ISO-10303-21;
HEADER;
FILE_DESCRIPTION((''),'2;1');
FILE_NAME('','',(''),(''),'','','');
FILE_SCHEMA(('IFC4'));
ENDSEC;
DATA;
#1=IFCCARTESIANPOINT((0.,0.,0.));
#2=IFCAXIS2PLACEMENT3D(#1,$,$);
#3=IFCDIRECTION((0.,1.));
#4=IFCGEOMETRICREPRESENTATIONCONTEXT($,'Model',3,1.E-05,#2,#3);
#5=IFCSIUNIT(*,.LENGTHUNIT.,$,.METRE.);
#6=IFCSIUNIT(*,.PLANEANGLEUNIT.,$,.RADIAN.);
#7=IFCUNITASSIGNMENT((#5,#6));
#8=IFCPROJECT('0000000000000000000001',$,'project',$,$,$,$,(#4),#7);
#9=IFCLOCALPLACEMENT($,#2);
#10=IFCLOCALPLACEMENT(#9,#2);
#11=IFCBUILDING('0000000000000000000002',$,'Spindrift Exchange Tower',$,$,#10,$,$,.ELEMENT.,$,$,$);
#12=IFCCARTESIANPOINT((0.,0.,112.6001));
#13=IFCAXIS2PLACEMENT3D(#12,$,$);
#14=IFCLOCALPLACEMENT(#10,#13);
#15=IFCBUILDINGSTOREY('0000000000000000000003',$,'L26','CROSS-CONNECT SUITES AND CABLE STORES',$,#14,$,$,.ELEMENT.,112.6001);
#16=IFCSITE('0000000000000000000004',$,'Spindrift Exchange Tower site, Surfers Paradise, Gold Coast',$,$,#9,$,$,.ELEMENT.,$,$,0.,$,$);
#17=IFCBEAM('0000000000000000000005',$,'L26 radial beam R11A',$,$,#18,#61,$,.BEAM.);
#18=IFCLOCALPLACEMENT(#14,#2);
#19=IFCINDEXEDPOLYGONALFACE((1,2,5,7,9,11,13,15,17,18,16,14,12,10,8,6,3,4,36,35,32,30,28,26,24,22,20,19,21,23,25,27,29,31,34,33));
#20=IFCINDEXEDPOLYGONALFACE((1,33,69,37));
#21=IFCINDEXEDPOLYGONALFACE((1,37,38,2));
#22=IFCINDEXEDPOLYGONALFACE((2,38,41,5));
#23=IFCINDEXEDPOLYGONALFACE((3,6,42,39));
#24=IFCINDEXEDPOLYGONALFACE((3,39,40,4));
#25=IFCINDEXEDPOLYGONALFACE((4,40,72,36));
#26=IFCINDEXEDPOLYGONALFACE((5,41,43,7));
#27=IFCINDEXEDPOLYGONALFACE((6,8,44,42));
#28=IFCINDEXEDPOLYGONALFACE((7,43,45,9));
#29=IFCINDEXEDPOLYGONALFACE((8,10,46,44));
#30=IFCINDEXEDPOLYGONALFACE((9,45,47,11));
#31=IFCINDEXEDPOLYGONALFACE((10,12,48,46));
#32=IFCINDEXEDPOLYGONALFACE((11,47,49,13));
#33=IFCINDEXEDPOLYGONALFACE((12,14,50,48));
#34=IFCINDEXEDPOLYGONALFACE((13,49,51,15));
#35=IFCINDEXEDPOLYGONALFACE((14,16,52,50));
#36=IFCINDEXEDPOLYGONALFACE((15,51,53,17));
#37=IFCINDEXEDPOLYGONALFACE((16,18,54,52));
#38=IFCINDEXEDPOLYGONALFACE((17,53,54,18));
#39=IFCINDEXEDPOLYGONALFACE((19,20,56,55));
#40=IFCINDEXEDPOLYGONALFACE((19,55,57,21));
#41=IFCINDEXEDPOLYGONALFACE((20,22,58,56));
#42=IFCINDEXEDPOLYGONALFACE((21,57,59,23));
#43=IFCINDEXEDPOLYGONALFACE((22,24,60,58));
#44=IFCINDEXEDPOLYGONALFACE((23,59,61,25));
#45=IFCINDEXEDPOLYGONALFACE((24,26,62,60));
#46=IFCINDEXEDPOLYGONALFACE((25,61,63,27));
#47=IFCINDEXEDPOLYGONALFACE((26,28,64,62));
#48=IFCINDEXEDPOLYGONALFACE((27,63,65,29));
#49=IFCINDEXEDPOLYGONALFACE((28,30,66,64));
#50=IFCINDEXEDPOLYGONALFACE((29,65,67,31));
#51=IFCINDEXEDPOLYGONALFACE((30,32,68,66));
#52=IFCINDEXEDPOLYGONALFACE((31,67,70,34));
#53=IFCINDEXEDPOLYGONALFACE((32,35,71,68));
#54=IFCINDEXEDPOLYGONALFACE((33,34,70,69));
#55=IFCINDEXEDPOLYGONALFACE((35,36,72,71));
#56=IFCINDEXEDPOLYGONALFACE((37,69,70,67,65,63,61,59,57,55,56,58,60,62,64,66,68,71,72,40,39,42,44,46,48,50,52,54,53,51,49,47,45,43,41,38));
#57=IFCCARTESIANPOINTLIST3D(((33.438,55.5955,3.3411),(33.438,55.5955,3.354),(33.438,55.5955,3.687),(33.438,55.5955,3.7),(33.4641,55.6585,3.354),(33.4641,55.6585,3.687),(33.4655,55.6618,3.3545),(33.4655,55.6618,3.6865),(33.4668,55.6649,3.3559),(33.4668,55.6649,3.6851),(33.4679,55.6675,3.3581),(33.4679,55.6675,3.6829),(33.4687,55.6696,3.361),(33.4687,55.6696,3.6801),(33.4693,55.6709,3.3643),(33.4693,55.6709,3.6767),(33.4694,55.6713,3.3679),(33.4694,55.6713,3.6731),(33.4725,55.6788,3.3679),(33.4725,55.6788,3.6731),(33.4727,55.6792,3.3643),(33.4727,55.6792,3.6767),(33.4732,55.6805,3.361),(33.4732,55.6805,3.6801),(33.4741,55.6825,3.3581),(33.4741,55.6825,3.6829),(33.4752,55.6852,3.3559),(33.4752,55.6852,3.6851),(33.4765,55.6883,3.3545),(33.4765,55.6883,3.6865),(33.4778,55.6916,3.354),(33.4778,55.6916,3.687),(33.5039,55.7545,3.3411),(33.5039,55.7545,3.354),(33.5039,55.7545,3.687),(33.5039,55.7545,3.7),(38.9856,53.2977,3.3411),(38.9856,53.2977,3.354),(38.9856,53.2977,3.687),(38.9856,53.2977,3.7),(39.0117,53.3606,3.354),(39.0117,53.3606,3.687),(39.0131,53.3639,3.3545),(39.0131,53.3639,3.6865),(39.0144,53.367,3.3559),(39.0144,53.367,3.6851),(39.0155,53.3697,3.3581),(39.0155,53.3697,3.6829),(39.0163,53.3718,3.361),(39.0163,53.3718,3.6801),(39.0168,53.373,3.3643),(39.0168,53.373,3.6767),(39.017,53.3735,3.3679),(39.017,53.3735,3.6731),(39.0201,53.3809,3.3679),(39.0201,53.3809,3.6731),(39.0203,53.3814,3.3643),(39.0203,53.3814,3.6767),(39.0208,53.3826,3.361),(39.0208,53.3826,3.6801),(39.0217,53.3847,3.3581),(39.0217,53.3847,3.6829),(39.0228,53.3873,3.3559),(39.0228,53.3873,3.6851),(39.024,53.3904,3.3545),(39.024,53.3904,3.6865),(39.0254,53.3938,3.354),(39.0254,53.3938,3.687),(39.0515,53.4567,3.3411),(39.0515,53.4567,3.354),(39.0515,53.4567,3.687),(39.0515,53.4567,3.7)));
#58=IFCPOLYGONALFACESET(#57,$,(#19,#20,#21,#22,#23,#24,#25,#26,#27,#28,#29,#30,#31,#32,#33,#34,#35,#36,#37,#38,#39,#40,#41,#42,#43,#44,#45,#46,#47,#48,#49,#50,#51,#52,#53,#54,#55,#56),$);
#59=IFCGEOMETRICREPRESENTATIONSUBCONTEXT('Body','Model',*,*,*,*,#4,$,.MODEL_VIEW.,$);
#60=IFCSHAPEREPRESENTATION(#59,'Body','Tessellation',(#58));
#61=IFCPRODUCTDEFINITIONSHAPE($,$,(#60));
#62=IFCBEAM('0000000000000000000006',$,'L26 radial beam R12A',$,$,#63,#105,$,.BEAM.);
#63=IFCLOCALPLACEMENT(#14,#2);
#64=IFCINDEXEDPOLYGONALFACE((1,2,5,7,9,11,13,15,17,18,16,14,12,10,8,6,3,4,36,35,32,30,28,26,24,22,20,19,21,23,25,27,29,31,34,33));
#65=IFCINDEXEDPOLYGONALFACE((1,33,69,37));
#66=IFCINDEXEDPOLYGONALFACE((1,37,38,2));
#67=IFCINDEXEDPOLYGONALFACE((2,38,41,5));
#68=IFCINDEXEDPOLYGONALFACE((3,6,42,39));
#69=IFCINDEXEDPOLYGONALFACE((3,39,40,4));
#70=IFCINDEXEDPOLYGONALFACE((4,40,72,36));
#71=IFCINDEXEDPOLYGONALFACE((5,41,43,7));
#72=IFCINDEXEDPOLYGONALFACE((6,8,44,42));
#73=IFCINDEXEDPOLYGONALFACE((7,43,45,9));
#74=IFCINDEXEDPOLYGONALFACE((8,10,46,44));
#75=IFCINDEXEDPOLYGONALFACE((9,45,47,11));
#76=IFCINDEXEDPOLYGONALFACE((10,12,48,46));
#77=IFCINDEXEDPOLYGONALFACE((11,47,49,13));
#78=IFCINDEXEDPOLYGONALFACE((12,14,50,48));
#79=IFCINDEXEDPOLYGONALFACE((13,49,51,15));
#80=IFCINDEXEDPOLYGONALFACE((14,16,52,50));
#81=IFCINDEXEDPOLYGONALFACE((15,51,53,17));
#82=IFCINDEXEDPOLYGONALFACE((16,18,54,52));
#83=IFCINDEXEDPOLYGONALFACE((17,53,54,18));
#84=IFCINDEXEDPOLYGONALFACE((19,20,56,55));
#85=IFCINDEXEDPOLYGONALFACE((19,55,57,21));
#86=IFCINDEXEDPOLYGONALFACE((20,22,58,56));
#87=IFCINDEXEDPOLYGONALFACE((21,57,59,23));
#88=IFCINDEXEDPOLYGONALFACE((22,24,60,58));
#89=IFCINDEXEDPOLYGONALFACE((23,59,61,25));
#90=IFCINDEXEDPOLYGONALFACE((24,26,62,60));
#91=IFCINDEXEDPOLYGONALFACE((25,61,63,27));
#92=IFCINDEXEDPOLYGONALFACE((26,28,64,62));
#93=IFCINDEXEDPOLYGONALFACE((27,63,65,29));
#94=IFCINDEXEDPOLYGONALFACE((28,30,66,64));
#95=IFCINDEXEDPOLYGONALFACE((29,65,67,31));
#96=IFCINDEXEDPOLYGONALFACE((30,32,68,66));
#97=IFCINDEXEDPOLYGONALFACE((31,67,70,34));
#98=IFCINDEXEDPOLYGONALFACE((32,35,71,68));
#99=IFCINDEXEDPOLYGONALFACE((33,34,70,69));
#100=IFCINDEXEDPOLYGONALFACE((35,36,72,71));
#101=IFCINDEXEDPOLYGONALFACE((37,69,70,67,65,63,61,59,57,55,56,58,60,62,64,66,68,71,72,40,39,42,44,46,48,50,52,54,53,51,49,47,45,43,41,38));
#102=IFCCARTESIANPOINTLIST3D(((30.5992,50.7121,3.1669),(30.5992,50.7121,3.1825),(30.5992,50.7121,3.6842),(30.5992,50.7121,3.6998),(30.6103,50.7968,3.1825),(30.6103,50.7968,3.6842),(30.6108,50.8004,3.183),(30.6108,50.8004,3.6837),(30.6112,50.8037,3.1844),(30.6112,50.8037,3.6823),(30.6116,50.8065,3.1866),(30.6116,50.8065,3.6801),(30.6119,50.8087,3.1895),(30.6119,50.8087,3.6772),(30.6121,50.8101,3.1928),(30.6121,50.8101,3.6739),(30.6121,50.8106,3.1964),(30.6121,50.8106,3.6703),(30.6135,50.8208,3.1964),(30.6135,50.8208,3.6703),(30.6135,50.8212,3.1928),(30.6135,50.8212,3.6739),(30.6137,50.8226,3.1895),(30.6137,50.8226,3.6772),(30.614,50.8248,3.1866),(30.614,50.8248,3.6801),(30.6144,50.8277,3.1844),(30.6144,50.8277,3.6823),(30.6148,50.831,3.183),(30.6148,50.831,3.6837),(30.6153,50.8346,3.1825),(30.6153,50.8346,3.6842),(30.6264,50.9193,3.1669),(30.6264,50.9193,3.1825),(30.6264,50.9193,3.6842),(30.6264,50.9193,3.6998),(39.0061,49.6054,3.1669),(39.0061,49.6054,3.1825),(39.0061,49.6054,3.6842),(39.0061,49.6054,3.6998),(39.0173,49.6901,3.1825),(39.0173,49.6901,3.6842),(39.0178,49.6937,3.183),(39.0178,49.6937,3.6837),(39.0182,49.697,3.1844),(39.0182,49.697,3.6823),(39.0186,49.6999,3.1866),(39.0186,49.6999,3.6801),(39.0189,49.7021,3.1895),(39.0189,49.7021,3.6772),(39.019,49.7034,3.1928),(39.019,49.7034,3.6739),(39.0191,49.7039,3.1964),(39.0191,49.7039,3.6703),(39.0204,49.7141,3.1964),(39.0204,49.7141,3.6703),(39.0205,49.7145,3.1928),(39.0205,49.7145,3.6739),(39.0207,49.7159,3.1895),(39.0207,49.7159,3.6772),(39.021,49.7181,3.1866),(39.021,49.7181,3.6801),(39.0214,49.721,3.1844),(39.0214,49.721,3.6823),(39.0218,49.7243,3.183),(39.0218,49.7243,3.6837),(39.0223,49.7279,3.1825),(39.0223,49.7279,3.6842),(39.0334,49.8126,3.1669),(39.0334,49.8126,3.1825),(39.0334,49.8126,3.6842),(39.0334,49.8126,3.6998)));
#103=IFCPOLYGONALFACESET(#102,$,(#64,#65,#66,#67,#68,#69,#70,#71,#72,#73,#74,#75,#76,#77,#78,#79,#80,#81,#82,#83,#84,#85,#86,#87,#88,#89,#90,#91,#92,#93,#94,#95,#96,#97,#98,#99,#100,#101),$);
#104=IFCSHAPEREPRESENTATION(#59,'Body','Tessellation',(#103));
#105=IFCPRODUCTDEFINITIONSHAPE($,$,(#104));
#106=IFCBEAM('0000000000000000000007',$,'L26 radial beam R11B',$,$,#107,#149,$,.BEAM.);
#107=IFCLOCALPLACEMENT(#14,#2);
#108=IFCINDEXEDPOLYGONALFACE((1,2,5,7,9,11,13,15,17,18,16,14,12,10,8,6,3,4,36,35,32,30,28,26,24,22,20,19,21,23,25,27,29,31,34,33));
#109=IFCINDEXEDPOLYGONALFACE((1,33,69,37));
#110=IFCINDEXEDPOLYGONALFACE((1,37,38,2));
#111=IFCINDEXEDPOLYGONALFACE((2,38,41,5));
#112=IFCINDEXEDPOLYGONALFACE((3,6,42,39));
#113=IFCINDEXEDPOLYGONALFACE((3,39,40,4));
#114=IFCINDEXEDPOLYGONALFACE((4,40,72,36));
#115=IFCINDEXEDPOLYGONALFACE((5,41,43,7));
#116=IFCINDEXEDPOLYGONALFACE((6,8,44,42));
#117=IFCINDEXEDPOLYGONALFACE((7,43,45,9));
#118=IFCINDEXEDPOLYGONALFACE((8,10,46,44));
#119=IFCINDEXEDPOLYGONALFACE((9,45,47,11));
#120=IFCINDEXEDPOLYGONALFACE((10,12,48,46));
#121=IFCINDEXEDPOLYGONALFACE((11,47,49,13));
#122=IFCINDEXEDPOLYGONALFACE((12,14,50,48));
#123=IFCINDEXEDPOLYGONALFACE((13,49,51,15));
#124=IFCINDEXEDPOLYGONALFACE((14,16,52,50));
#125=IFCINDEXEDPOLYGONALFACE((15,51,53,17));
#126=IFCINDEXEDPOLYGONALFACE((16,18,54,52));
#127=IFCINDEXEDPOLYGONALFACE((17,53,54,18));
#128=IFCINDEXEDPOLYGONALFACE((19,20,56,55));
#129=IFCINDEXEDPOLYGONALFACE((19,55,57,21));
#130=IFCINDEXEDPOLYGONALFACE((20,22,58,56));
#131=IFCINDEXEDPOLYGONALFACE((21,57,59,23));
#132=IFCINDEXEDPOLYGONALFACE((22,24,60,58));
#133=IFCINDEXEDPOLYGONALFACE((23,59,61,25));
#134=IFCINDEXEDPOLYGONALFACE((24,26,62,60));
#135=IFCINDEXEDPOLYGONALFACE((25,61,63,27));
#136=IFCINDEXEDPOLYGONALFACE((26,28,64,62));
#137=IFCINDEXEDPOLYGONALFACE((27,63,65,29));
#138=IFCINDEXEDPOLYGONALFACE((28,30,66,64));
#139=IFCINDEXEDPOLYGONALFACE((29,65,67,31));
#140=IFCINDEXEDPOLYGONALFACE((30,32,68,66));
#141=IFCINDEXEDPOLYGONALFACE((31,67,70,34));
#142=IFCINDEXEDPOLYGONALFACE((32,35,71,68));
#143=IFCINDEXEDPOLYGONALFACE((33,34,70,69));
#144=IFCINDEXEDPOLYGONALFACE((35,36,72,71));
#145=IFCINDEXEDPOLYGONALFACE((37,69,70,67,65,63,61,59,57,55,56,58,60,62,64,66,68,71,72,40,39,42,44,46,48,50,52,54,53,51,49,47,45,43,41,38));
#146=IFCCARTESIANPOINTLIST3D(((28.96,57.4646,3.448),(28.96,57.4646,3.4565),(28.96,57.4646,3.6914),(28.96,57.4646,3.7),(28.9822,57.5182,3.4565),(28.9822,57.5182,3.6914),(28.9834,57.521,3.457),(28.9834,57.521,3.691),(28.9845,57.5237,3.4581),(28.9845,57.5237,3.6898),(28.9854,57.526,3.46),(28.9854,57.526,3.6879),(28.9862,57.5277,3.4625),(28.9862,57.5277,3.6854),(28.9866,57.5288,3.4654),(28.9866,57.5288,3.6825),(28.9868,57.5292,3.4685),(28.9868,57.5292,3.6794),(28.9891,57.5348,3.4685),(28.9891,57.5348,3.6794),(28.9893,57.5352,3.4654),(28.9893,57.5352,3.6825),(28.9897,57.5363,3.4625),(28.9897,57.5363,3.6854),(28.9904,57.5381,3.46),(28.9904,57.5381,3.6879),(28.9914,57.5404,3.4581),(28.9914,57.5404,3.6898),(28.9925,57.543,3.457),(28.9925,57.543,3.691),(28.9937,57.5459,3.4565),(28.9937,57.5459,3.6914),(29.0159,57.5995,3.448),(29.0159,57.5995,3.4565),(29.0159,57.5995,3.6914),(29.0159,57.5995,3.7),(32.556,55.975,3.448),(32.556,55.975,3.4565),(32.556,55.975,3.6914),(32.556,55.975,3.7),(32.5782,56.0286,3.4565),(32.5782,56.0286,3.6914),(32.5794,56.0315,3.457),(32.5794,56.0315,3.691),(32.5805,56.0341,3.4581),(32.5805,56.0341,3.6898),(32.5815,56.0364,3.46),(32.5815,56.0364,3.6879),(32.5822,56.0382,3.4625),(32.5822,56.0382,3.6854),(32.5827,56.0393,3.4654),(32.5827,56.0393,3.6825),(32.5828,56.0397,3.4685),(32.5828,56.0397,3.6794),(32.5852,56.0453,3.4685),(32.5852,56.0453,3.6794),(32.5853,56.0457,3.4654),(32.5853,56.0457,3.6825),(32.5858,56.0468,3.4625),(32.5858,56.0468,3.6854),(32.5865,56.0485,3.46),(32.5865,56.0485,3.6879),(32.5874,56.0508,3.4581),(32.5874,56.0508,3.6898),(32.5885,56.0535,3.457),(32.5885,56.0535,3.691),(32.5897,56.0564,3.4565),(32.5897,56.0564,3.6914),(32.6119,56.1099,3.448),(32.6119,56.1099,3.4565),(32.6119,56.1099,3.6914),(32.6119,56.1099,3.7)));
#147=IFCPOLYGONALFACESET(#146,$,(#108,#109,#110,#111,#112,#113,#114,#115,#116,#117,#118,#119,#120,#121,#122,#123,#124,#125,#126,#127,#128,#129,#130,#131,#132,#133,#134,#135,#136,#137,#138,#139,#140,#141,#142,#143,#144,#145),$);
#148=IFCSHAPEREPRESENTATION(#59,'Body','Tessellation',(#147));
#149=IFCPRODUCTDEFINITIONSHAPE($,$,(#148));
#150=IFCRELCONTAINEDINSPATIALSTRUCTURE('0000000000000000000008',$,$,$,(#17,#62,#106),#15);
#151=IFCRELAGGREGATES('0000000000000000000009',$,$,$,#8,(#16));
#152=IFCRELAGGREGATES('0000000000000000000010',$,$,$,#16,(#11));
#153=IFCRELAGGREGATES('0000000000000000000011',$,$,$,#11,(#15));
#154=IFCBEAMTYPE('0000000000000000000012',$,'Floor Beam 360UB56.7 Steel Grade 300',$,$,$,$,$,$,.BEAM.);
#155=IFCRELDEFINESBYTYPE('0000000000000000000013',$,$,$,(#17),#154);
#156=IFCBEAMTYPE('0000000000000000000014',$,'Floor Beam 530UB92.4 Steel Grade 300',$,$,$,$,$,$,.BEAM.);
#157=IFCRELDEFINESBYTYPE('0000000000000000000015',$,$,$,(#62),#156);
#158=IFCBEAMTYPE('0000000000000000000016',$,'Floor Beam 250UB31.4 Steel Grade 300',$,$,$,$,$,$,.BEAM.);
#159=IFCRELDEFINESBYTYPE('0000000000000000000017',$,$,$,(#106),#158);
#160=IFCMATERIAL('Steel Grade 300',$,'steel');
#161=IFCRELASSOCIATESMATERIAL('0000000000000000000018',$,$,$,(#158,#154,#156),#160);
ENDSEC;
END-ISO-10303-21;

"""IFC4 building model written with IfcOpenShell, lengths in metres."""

from ifc_helpers import new_model, si_unit, direction, frame, origin, origin_2d, place, context, subcontext, project, spatial, i_section, extrude, source, transform, mapped, material, material_profile, profile_set, type_object, element, save


model = new_model("IFC4")

# Units and contexts
model_context = context("Model", 3, precision=1e-05, world=origin(), true_north=direction((0.0, 1.0)))
body_context = subcontext(model_context, "Body", "Model", "MODEL_VIEW")
ifc_project = project(units=[si_unit("LENGTHUNIT", "METRE"), si_unit("PLANEANGLEUNIT", "RADIAN")], contexts=[model_context])

# Site, building, storey
site_placement = place(None, origin())
site = spatial("IfcSite", under=ifc_project, at=site_placement, Name="Spindrift Exchange Tower site, Surfers Paradise, Gold Coast", CompositionType="ELEMENT", RefElevation=0.0)
building_placement = place(site_placement, origin())
building = spatial("IfcBuilding", under=site, at=building_placement, Name="Spindrift Exchange Tower", CompositionType="ELEMENT")
storey_placement = place(building_placement, frame((0.0, 0.0, 112.6001)))
storey = spatial("IfcBuildingStorey", under=building, at=storey_placement, Name="L26", Description="CROSS-CONNECT SUITES AND CABLE STORES", CompositionType="ELEMENT", Elevation=112.6001)

# Beams
ifc_material_1 = material(Name="Steel Grade 300", Category="steel")
ifc_material_profile_1 = material_profile(ifc_material_1, i_section(OverallWidth=0.146, OverallDepth=0.252, WebThickness=0.0061, FlangeThickness=0.0085, FilletRadius=0.012, at=origin_2d()), Name="250UB31.4")
ifc_profile_set_1 = profile_set([ifc_material_profile_1], Name="Steel Grade 300")
beam_type_1 = type_object("IfcBeamType", Name="Floor Beam 250UB31.4 Steel Grade 300", PredefinedType="BEAM", material=ifc_profile_set_1)
ifc_material_profile_2 = material_profile(ifc_material_1, i_section(OverallWidth=0.1721, OverallDepth=0.3589, WebThickness=0.0081, FlangeThickness=0.0129, FilletRadius=0.0139, at=origin_2d()), Name="360UB56.7")
ifc_profile_set_2 = profile_set([ifc_material_profile_2], Name="Steel Grade 300")
beam_type_2 = type_object("IfcBeamType", Name="Floor Beam 360UB56.7 Steel Grade 300", PredefinedType="BEAM", material=ifc_profile_set_2)
shared_shape_1 = source(origin(), body_context, "Body", "SweptSolid", [
    extrude(i_section(OverallWidth=0.1721, OverallDepth=0.3589, WebThickness=0.0081, FlangeThickness=0.0129, FilletRadius=0.0139, at=origin_2d()), origin(), (0.0, 0.0, 1.0), 6.0046),
])
beam_1_placement = place(storey_placement, frame((39.0186, 53.3772, 3.5205), z_axis=(-0.923882, 0.382677, 0.0), x_axis=(-0.382677, -0.923882, 0.0)))
element("IfcBeam", 1, at=beam_1_placement, inside=storey, type_object=beam_type_2, Name="L26 radial beam R11A", PredefinedType="BEAM", context=body_context, shape_type="MappedRepresentation", body=[
    mapped(shared_shape_1, transform((0.0, 0.0, 0.0), scale=1.0)),
])
ifc_material_profile_3 = material_profile(ifc_material_1, i_section(OverallWidth=0.209, OverallDepth=0.533, WebThickness=0.0103, FlangeThickness=0.0156, FilletRadius=0.0139, at=origin_2d()), Name="530UB92.4")
ifc_profile_set_3 = profile_set([ifc_material_profile_3], Name="Steel Grade 300")
beam_type_3 = type_object("IfcBeamType", Name="Floor Beam 530UB92.4 Steel Grade 300", PredefinedType="BEAM", material=ifc_profile_set_3)
shared_shape_2 = source(origin(), body_context, "Body", "SweptSolid", [
    extrude(i_section(OverallWidth=0.209, OverallDepth=0.533, WebThickness=0.0103, FlangeThickness=0.0156, FilletRadius=0.0139, at=origin_2d()), origin(), (0.0, 0.0, 1.0), 8.4795),
])
beam_2_placement = place(storey_placement, frame((39.0198, 49.709, 3.4333), z_axis=(-0.991447, 0.130513, 0.0), x_axis=(-0.130513, -0.991447, 0.0)))
element("IfcBeam", 2, at=beam_2_placement, inside=storey, type_object=beam_type_3, Name="L26 radial beam R12A", PredefinedType="BEAM", context=body_context, shape_type="MappedRepresentation", body=[
    mapped(shared_shape_2, transform((0.0, 0.0, 0.0), scale=1.0)),
])
shared_shape_3 = source(origin(), body_context, "Body", "SweptSolid", [
    extrude(i_section(OverallWidth=0.146, OverallDepth=0.252, WebThickness=0.0061, FlangeThickness=0.0085, FilletRadius=0.012, at=origin_2d()), origin(), (0.0, 0.0, 1.0), 3.8923),
])
beam_3_placement = place(storey_placement, frame((32.584, 56.0425, 3.574), z_axis=(-0.923878, 0.382686, 0.0), x_axis=(-0.382686, -0.923878, 0.0)))
element("IfcBeam", 3, at=beam_3_placement, inside=storey, type_object=beam_type_1, Name="L26 radial beam R11B", PredefinedType="BEAM", context=body_context, shape_type="MappedRepresentation", body=[
    mapped(shared_shape_3, transform((0.0, 0.0, 0.0), scale=1.0)),
])

save(model, "model.ifc")
